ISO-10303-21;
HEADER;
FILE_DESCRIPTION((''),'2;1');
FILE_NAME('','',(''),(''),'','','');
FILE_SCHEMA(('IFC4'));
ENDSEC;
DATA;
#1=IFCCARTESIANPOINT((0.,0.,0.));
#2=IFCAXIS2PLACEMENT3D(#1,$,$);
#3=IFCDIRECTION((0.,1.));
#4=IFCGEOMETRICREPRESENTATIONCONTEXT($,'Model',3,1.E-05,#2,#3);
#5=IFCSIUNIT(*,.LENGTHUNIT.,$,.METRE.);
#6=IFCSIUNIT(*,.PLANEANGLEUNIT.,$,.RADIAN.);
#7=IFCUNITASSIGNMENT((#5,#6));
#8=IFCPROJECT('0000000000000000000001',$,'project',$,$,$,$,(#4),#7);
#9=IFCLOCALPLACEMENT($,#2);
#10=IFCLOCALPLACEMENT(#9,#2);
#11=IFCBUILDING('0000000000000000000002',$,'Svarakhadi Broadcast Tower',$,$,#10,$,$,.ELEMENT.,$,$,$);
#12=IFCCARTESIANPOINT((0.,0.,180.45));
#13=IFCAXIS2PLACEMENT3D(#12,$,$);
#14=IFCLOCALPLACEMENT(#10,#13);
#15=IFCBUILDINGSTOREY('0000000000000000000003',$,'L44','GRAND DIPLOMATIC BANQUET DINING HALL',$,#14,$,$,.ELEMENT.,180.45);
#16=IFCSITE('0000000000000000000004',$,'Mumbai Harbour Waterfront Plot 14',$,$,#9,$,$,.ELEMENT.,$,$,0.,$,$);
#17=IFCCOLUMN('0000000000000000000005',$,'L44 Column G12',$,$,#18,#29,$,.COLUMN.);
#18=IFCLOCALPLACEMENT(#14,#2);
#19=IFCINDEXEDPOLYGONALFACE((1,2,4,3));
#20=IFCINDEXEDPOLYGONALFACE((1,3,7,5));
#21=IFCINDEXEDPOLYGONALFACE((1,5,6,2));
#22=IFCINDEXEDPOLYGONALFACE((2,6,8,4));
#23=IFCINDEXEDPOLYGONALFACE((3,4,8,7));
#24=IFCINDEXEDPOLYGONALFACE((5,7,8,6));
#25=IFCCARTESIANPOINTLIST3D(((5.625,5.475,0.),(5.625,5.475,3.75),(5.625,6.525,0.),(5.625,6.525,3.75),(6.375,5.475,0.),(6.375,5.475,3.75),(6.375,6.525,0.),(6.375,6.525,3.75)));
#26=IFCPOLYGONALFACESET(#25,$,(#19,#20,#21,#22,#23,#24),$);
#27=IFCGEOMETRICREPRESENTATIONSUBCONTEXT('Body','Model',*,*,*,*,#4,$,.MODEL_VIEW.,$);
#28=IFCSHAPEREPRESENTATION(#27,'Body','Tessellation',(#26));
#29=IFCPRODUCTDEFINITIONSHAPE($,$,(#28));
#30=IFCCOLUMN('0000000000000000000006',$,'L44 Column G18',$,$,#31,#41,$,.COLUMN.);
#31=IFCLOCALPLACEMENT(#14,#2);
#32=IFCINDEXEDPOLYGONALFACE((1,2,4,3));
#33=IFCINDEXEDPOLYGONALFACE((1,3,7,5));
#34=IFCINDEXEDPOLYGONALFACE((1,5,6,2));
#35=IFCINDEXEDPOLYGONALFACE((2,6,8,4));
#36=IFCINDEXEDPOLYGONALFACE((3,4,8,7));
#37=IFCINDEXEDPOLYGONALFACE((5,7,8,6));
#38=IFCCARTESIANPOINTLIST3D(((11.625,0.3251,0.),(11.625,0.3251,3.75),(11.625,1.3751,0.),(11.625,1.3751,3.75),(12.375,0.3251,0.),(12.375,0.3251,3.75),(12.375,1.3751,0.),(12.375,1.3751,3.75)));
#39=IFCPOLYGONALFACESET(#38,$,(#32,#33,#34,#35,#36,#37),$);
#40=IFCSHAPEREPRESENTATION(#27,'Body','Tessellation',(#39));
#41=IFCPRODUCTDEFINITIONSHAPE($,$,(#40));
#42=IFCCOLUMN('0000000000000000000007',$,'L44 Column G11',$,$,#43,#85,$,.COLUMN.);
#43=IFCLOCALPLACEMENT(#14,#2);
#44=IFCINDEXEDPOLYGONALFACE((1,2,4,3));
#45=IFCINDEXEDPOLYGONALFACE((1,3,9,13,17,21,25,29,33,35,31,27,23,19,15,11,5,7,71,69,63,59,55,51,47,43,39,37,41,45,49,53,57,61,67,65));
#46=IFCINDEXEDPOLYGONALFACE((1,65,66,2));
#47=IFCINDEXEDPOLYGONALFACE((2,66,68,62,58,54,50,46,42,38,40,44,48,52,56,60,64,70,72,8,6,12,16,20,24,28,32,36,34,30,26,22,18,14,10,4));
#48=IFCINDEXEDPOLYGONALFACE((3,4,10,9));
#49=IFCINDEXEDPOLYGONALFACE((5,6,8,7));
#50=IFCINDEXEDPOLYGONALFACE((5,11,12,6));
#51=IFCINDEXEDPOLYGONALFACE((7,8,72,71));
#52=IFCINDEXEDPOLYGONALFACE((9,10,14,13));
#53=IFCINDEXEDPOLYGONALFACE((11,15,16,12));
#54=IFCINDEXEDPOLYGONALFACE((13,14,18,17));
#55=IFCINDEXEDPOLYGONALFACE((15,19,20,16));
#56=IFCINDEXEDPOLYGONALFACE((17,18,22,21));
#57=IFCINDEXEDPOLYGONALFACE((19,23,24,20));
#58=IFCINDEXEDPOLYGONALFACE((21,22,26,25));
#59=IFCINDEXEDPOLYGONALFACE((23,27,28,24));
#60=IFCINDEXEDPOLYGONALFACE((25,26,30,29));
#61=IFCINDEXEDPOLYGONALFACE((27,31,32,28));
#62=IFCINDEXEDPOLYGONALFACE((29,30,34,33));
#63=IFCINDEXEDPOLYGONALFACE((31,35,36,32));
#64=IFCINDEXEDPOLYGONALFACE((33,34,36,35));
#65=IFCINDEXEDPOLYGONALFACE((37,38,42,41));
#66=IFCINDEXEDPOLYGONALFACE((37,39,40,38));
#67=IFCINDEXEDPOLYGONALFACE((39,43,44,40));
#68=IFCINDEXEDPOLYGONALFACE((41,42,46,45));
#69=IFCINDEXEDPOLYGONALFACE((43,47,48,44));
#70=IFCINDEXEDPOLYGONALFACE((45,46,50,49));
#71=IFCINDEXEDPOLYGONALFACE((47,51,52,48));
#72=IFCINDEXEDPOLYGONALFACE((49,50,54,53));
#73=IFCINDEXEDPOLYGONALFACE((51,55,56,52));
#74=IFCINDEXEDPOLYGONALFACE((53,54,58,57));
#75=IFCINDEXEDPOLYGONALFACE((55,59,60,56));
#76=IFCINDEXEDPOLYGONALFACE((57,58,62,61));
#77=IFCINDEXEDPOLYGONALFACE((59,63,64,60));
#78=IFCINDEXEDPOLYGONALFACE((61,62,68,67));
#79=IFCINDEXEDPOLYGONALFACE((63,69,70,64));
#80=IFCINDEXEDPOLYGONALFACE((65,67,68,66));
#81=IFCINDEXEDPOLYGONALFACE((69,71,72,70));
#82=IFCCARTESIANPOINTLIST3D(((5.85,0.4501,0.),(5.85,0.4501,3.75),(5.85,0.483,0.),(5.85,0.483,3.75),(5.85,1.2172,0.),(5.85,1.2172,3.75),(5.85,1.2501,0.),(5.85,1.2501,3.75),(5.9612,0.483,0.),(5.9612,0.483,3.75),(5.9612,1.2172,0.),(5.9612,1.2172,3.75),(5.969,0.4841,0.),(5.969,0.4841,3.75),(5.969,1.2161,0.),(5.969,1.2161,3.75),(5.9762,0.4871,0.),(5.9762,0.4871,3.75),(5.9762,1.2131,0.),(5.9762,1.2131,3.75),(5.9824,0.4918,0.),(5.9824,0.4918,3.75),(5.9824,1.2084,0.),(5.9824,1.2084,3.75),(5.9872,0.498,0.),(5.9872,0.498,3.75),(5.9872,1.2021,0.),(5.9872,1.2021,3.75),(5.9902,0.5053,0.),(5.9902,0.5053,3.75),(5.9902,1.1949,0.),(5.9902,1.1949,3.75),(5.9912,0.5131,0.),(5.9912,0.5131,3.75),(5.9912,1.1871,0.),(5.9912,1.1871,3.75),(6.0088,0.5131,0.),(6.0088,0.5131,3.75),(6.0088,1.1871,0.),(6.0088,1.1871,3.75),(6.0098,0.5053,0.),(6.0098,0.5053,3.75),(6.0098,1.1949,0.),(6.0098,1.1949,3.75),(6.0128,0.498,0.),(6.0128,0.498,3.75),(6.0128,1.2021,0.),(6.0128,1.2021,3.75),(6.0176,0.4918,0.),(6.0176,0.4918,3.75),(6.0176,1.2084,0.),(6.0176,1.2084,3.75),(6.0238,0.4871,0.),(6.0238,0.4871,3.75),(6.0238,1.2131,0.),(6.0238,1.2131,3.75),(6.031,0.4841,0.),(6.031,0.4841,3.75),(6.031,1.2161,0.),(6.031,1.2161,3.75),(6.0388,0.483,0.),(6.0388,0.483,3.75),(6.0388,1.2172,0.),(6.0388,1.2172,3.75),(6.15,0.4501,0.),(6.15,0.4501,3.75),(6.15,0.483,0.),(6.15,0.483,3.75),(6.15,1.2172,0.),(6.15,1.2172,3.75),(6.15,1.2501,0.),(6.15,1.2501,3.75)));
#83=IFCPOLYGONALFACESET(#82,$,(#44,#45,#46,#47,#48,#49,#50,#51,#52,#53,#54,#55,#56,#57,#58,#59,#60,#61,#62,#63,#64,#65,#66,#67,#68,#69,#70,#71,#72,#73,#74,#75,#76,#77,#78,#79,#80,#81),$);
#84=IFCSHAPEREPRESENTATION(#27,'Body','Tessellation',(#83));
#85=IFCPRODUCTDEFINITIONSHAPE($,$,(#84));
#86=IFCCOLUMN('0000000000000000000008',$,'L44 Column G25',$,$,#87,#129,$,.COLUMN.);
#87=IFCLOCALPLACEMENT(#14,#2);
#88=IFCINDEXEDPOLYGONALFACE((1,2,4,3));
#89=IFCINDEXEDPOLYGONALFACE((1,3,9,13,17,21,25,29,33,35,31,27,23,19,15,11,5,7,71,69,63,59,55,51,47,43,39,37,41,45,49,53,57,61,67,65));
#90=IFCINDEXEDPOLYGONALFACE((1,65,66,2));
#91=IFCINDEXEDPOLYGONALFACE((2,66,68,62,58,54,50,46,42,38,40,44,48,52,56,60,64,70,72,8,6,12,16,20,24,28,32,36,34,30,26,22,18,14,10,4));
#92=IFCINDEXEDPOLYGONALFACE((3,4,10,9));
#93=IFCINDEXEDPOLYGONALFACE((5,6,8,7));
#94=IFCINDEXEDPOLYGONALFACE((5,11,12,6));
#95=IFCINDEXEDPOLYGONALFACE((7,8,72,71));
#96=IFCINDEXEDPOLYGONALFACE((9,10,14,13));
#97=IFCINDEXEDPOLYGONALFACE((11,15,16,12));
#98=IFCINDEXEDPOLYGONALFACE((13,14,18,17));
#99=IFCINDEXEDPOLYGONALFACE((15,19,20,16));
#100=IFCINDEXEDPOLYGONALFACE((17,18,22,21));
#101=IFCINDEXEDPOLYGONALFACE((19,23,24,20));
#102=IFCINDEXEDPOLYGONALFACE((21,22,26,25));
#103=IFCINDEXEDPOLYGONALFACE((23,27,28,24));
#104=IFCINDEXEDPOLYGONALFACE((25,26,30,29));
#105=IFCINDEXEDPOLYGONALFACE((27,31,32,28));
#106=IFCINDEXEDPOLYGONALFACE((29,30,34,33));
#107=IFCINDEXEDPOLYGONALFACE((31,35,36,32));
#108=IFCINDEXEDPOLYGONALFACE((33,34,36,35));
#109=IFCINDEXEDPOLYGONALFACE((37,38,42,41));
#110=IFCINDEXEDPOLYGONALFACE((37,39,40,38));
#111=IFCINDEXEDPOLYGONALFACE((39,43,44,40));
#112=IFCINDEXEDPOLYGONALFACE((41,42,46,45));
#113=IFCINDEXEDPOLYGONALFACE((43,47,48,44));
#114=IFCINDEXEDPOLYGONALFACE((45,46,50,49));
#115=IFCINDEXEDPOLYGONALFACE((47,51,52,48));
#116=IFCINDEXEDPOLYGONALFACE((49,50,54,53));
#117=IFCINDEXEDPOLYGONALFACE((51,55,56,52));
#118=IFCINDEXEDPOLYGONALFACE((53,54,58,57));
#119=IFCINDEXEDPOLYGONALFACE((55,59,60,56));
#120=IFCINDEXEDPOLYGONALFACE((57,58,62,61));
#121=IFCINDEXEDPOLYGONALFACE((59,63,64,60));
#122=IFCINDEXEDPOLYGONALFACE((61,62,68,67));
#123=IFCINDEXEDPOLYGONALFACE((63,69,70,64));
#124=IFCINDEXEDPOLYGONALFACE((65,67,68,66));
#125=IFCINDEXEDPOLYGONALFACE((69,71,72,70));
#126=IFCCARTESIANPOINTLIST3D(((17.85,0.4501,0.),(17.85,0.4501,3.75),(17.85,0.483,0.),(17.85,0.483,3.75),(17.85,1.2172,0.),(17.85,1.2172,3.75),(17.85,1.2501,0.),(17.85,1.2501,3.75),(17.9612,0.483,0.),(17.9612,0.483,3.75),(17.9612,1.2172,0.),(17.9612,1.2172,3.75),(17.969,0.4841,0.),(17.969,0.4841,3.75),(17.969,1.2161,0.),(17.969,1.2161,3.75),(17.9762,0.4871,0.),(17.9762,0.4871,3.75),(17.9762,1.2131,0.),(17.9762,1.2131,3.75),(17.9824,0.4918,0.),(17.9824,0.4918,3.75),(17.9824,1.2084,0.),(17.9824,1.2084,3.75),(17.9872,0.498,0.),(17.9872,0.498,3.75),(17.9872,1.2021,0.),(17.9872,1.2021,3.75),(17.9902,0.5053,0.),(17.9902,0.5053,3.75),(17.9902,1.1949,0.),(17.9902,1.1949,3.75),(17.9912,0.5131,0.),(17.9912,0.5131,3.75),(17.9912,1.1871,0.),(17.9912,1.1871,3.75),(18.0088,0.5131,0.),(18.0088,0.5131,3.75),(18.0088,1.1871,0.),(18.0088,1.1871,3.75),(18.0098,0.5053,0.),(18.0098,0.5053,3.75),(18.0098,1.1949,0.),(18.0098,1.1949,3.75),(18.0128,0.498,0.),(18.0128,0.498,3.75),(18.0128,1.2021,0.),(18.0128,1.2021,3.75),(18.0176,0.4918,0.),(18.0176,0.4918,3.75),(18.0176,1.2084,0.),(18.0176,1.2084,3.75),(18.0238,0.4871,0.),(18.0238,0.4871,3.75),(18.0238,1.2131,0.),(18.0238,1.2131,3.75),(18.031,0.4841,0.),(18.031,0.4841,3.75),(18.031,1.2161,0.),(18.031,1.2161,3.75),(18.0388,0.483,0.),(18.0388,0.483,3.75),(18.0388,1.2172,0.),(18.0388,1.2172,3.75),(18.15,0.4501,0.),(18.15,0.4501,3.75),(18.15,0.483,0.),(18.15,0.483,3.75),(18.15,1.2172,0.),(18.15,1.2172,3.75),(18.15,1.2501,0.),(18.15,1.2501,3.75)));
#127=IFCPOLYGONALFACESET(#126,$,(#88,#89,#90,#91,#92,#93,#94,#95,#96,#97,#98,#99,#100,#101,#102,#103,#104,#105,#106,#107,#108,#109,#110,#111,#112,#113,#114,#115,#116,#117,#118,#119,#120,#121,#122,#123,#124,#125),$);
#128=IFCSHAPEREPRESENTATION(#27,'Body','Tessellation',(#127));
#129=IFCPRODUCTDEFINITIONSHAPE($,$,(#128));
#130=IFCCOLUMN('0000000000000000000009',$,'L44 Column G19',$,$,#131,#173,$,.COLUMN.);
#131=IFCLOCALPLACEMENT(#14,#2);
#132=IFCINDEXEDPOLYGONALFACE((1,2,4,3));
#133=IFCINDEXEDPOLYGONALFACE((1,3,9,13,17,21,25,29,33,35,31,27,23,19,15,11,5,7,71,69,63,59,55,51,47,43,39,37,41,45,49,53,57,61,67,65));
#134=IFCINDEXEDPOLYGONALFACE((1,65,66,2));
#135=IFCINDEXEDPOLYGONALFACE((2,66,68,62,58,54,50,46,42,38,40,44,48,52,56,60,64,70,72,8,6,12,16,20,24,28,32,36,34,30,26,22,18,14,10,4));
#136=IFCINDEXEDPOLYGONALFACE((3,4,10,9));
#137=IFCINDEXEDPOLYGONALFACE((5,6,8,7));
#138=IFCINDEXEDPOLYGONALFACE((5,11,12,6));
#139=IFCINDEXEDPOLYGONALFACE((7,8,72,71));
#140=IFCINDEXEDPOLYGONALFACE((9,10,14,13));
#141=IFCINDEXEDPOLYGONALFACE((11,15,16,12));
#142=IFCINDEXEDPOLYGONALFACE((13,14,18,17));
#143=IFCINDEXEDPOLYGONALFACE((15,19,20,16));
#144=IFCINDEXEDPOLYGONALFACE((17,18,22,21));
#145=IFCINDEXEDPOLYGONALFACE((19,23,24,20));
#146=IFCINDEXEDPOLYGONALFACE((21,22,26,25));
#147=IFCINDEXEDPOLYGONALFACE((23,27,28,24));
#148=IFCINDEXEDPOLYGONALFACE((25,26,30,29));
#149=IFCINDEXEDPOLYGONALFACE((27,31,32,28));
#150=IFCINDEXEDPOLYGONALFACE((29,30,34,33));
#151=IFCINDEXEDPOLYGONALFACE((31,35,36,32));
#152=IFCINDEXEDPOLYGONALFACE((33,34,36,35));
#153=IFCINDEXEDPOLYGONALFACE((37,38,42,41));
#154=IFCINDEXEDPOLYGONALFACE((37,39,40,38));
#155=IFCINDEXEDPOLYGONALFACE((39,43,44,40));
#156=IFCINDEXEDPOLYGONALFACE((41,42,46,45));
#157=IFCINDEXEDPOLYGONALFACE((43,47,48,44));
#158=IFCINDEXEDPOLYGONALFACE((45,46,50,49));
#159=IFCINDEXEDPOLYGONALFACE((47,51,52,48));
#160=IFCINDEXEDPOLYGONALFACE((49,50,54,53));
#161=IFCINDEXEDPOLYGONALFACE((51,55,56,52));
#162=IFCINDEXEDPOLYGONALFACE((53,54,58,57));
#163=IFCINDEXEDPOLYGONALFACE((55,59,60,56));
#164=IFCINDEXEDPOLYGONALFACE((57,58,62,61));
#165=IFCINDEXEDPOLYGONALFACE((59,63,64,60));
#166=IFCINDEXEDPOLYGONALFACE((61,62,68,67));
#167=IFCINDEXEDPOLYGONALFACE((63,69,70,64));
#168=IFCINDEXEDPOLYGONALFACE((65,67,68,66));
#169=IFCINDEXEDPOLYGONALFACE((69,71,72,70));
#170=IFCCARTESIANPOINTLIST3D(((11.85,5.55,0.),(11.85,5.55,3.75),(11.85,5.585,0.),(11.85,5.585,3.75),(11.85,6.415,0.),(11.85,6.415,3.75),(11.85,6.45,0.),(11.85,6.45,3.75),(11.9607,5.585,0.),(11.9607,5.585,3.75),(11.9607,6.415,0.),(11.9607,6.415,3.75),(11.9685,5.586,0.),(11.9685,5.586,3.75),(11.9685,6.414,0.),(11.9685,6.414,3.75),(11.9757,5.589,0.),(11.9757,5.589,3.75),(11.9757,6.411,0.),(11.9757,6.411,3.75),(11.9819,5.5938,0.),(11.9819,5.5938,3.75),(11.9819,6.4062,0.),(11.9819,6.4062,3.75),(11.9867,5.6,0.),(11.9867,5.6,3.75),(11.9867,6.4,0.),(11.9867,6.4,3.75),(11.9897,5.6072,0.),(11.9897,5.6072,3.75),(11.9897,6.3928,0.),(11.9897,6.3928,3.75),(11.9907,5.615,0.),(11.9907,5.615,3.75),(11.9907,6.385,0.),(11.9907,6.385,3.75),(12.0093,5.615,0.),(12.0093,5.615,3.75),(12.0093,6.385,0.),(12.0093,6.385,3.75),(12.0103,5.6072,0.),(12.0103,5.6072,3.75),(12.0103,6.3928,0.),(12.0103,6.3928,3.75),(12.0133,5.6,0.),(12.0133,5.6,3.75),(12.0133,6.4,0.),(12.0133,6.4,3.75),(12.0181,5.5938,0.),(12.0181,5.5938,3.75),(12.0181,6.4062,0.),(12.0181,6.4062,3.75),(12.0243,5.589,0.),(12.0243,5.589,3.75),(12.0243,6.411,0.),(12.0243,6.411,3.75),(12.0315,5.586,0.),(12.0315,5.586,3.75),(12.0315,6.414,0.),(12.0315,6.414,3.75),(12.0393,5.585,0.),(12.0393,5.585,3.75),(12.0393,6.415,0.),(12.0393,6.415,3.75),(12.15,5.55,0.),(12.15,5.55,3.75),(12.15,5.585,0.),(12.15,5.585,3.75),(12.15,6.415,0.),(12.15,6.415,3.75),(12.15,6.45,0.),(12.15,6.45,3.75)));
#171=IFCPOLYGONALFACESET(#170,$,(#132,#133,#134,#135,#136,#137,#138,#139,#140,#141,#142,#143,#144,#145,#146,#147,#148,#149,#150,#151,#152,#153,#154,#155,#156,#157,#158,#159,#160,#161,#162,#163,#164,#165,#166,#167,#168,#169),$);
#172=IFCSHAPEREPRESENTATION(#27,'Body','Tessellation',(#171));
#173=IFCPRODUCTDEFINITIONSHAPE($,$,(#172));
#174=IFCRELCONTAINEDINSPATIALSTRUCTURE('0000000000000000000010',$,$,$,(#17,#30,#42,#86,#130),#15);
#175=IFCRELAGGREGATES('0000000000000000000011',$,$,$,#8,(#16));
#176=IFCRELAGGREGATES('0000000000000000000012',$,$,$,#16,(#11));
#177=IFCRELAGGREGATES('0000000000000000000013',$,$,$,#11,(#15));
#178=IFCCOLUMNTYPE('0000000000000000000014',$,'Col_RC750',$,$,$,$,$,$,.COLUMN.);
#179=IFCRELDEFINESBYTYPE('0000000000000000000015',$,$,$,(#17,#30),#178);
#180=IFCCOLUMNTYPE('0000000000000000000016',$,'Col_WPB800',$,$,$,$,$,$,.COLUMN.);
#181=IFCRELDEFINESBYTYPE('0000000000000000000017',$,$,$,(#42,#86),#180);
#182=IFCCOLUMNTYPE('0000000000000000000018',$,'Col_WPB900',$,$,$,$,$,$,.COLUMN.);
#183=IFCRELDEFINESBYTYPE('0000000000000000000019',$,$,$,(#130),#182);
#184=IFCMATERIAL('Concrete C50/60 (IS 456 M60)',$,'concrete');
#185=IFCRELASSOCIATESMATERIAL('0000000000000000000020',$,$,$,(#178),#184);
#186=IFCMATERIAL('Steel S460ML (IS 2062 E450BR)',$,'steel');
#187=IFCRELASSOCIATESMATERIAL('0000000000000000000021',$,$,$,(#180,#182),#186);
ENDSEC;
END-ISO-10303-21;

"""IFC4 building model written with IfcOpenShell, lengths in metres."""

from ifc_helpers import new_model, si_unit, direction, frame, origin, origin_2d, place, context, subcontext, project, spatial, rectangle, i_section, extrude, material, material_profile, profile_set, type_object, element, save


model = new_model("IFC4")

# Units and contexts
model_context = context("Model", 3, precision=1e-05, world=origin(), true_north=direction((0.0, 1.0)))
body_context = subcontext(model_context, "Body", "Model", "MODEL_VIEW")
ifc_project = project(units=[si_unit("LENGTHUNIT", "METRE"), si_unit("PLANEANGLEUNIT", "RADIAN")], contexts=[model_context])

# Site, building, storey
site_placement = place(None, origin())
site = spatial("IfcSite", under=ifc_project, at=site_placement, Name="Mumbai Harbour Waterfront Plot 14", CompositionType="ELEMENT", RefElevation=0.0)
building_placement = place(site_placement, origin())
building = spatial("IfcBuilding", under=site, at=building_placement, Name="Svarakhadi Broadcast Tower", CompositionType="ELEMENT")
storey_placement = place(building_placement, frame((0.0, 0.0, 180.45)))
storey = spatial("IfcBuildingStorey", under=building, at=storey_placement, Name="L44", Description="GRAND DIPLOMATIC BANQUET DINING HALL", CompositionType="ELEMENT", Elevation=180.45)

# Columns
ifc_material_1 = material(Name="Concrete C50/60 (IS 456 M60)", Category="concrete")
ifc_material_profile_1 = material_profile(ifc_material_1, rectangle(XDim=0.75, YDim=1.05, at=origin_2d()), Name="RC 750x1050")
ifc_profile_set_1 = profile_set([ifc_material_profile_1], Name="Concrete C50/60 (IS 456 M60)")
column_type_1 = type_object("IfcColumnType", Name="Col_RC750", PredefinedType="COLUMN", material=ifc_profile_set_1)
for number, where, z_axis, x_axis, name in (
    (1, (6.0, 6.0, 0.0), (0.0, 0.0, 1.0), (1.0, 0.0, 0.0), "L44 Column G12"),
    (2, (12.0, 0.8501, 0.0), (0.0, 0.0, 1.0), (1.0, 0.0, 0.0), "L44 Column G18"),
):
    element("IfcColumn", number, at=place(storey_placement, frame(where, z_axis=z_axis, x_axis=x_axis)), inside=storey, type_object=column_type_1, Name=name, PredefinedType="COLUMN", context=body_context, shape_type="SweptSolid", body=[
        extrude(rectangle(XDim=0.75, YDim=1.05, at=origin_2d()), origin(), (0.0, 0.0, 1.0), 3.75),
    ])
ifc_material_2 = material(Name="Steel S460ML (IS 2062 E450BR)", Category="steel")
ifc_material_profile_2 = material_profile(ifc_material_2, i_section(OverallWidth=0.3, OverallDepth=0.8, WebThickness=0.0176, FlangeThickness=0.033, FilletRadius=0.03, at=origin_2d()), Name="WPB 800x300x262")
ifc_profile_set_2 = profile_set([ifc_material_profile_2], Name="Steel S460ML (IS 2062 E450BR)")
column_type_2 = type_object("IfcColumnType", Name="Col_WPB800", PredefinedType="COLUMN", material=ifc_profile_set_2)
for number, where, z_axis, x_axis, name in (
    (3, (6.0, 0.8501, 0.0), (0.0, 0.0, 1.0), (1.0, 0.0, 0.0), "L44 Column G11"),
    (4, (18.0, 0.8501, 0.0), (0.0, 0.0, 1.0), (1.0, 0.0, 0.0), "L44 Column G25"),
):
    element("IfcColumn", number, at=place(storey_placement, frame(where, z_axis=z_axis, x_axis=x_axis)), inside=storey, type_object=column_type_2, Name=name, PredefinedType="COLUMN", context=body_context, shape_type="SweptSolid", body=[
        extrude(i_section(OverallWidth=0.3, OverallDepth=0.8, WebThickness=0.0176, FlangeThickness=0.033, FilletRadius=0.03, at=origin_2d()), origin(), (0.0, 0.0, 1.0), 3.75),
    ])
ifc_material_profile_3 = material_profile(ifc_material_2, i_section(OverallWidth=0.3, OverallDepth=0.8999, WebThickness=0.0186, FlangeThickness=0.0349, FilletRadius=0.03, at=origin_2d()), Name="WPB 900x300x291")
ifc_profile_set_3 = profile_set([ifc_material_profile_3], Name="Steel S460ML (IS 2062 E450BR)")
column_type_3 = type_object("IfcColumnType", Name="Col_WPB900", PredefinedType="COLUMN", material=ifc_profile_set_3)
column_placement = place(storey_placement, frame((12.0, 6.0, 0.0), z_axis=(0.0, 0.0, 1.0), x_axis=(1.0, 0.0, 0.0)))
element("IfcColumn", 5, at=column_placement, inside=storey, type_object=column_type_3, Name="L44 Column G19", PredefinedType="COLUMN", context=body_context, shape_type="SweptSolid", body=[
    extrude(i_section(OverallWidth=0.3, OverallDepth=0.8999, WebThickness=0.0186, FlangeThickness=0.0349, FilletRadius=0.03, at=origin_2d()), origin(), (0.0, 0.0, 1.0), 3.75),
])

save(model, "model.ifc")
